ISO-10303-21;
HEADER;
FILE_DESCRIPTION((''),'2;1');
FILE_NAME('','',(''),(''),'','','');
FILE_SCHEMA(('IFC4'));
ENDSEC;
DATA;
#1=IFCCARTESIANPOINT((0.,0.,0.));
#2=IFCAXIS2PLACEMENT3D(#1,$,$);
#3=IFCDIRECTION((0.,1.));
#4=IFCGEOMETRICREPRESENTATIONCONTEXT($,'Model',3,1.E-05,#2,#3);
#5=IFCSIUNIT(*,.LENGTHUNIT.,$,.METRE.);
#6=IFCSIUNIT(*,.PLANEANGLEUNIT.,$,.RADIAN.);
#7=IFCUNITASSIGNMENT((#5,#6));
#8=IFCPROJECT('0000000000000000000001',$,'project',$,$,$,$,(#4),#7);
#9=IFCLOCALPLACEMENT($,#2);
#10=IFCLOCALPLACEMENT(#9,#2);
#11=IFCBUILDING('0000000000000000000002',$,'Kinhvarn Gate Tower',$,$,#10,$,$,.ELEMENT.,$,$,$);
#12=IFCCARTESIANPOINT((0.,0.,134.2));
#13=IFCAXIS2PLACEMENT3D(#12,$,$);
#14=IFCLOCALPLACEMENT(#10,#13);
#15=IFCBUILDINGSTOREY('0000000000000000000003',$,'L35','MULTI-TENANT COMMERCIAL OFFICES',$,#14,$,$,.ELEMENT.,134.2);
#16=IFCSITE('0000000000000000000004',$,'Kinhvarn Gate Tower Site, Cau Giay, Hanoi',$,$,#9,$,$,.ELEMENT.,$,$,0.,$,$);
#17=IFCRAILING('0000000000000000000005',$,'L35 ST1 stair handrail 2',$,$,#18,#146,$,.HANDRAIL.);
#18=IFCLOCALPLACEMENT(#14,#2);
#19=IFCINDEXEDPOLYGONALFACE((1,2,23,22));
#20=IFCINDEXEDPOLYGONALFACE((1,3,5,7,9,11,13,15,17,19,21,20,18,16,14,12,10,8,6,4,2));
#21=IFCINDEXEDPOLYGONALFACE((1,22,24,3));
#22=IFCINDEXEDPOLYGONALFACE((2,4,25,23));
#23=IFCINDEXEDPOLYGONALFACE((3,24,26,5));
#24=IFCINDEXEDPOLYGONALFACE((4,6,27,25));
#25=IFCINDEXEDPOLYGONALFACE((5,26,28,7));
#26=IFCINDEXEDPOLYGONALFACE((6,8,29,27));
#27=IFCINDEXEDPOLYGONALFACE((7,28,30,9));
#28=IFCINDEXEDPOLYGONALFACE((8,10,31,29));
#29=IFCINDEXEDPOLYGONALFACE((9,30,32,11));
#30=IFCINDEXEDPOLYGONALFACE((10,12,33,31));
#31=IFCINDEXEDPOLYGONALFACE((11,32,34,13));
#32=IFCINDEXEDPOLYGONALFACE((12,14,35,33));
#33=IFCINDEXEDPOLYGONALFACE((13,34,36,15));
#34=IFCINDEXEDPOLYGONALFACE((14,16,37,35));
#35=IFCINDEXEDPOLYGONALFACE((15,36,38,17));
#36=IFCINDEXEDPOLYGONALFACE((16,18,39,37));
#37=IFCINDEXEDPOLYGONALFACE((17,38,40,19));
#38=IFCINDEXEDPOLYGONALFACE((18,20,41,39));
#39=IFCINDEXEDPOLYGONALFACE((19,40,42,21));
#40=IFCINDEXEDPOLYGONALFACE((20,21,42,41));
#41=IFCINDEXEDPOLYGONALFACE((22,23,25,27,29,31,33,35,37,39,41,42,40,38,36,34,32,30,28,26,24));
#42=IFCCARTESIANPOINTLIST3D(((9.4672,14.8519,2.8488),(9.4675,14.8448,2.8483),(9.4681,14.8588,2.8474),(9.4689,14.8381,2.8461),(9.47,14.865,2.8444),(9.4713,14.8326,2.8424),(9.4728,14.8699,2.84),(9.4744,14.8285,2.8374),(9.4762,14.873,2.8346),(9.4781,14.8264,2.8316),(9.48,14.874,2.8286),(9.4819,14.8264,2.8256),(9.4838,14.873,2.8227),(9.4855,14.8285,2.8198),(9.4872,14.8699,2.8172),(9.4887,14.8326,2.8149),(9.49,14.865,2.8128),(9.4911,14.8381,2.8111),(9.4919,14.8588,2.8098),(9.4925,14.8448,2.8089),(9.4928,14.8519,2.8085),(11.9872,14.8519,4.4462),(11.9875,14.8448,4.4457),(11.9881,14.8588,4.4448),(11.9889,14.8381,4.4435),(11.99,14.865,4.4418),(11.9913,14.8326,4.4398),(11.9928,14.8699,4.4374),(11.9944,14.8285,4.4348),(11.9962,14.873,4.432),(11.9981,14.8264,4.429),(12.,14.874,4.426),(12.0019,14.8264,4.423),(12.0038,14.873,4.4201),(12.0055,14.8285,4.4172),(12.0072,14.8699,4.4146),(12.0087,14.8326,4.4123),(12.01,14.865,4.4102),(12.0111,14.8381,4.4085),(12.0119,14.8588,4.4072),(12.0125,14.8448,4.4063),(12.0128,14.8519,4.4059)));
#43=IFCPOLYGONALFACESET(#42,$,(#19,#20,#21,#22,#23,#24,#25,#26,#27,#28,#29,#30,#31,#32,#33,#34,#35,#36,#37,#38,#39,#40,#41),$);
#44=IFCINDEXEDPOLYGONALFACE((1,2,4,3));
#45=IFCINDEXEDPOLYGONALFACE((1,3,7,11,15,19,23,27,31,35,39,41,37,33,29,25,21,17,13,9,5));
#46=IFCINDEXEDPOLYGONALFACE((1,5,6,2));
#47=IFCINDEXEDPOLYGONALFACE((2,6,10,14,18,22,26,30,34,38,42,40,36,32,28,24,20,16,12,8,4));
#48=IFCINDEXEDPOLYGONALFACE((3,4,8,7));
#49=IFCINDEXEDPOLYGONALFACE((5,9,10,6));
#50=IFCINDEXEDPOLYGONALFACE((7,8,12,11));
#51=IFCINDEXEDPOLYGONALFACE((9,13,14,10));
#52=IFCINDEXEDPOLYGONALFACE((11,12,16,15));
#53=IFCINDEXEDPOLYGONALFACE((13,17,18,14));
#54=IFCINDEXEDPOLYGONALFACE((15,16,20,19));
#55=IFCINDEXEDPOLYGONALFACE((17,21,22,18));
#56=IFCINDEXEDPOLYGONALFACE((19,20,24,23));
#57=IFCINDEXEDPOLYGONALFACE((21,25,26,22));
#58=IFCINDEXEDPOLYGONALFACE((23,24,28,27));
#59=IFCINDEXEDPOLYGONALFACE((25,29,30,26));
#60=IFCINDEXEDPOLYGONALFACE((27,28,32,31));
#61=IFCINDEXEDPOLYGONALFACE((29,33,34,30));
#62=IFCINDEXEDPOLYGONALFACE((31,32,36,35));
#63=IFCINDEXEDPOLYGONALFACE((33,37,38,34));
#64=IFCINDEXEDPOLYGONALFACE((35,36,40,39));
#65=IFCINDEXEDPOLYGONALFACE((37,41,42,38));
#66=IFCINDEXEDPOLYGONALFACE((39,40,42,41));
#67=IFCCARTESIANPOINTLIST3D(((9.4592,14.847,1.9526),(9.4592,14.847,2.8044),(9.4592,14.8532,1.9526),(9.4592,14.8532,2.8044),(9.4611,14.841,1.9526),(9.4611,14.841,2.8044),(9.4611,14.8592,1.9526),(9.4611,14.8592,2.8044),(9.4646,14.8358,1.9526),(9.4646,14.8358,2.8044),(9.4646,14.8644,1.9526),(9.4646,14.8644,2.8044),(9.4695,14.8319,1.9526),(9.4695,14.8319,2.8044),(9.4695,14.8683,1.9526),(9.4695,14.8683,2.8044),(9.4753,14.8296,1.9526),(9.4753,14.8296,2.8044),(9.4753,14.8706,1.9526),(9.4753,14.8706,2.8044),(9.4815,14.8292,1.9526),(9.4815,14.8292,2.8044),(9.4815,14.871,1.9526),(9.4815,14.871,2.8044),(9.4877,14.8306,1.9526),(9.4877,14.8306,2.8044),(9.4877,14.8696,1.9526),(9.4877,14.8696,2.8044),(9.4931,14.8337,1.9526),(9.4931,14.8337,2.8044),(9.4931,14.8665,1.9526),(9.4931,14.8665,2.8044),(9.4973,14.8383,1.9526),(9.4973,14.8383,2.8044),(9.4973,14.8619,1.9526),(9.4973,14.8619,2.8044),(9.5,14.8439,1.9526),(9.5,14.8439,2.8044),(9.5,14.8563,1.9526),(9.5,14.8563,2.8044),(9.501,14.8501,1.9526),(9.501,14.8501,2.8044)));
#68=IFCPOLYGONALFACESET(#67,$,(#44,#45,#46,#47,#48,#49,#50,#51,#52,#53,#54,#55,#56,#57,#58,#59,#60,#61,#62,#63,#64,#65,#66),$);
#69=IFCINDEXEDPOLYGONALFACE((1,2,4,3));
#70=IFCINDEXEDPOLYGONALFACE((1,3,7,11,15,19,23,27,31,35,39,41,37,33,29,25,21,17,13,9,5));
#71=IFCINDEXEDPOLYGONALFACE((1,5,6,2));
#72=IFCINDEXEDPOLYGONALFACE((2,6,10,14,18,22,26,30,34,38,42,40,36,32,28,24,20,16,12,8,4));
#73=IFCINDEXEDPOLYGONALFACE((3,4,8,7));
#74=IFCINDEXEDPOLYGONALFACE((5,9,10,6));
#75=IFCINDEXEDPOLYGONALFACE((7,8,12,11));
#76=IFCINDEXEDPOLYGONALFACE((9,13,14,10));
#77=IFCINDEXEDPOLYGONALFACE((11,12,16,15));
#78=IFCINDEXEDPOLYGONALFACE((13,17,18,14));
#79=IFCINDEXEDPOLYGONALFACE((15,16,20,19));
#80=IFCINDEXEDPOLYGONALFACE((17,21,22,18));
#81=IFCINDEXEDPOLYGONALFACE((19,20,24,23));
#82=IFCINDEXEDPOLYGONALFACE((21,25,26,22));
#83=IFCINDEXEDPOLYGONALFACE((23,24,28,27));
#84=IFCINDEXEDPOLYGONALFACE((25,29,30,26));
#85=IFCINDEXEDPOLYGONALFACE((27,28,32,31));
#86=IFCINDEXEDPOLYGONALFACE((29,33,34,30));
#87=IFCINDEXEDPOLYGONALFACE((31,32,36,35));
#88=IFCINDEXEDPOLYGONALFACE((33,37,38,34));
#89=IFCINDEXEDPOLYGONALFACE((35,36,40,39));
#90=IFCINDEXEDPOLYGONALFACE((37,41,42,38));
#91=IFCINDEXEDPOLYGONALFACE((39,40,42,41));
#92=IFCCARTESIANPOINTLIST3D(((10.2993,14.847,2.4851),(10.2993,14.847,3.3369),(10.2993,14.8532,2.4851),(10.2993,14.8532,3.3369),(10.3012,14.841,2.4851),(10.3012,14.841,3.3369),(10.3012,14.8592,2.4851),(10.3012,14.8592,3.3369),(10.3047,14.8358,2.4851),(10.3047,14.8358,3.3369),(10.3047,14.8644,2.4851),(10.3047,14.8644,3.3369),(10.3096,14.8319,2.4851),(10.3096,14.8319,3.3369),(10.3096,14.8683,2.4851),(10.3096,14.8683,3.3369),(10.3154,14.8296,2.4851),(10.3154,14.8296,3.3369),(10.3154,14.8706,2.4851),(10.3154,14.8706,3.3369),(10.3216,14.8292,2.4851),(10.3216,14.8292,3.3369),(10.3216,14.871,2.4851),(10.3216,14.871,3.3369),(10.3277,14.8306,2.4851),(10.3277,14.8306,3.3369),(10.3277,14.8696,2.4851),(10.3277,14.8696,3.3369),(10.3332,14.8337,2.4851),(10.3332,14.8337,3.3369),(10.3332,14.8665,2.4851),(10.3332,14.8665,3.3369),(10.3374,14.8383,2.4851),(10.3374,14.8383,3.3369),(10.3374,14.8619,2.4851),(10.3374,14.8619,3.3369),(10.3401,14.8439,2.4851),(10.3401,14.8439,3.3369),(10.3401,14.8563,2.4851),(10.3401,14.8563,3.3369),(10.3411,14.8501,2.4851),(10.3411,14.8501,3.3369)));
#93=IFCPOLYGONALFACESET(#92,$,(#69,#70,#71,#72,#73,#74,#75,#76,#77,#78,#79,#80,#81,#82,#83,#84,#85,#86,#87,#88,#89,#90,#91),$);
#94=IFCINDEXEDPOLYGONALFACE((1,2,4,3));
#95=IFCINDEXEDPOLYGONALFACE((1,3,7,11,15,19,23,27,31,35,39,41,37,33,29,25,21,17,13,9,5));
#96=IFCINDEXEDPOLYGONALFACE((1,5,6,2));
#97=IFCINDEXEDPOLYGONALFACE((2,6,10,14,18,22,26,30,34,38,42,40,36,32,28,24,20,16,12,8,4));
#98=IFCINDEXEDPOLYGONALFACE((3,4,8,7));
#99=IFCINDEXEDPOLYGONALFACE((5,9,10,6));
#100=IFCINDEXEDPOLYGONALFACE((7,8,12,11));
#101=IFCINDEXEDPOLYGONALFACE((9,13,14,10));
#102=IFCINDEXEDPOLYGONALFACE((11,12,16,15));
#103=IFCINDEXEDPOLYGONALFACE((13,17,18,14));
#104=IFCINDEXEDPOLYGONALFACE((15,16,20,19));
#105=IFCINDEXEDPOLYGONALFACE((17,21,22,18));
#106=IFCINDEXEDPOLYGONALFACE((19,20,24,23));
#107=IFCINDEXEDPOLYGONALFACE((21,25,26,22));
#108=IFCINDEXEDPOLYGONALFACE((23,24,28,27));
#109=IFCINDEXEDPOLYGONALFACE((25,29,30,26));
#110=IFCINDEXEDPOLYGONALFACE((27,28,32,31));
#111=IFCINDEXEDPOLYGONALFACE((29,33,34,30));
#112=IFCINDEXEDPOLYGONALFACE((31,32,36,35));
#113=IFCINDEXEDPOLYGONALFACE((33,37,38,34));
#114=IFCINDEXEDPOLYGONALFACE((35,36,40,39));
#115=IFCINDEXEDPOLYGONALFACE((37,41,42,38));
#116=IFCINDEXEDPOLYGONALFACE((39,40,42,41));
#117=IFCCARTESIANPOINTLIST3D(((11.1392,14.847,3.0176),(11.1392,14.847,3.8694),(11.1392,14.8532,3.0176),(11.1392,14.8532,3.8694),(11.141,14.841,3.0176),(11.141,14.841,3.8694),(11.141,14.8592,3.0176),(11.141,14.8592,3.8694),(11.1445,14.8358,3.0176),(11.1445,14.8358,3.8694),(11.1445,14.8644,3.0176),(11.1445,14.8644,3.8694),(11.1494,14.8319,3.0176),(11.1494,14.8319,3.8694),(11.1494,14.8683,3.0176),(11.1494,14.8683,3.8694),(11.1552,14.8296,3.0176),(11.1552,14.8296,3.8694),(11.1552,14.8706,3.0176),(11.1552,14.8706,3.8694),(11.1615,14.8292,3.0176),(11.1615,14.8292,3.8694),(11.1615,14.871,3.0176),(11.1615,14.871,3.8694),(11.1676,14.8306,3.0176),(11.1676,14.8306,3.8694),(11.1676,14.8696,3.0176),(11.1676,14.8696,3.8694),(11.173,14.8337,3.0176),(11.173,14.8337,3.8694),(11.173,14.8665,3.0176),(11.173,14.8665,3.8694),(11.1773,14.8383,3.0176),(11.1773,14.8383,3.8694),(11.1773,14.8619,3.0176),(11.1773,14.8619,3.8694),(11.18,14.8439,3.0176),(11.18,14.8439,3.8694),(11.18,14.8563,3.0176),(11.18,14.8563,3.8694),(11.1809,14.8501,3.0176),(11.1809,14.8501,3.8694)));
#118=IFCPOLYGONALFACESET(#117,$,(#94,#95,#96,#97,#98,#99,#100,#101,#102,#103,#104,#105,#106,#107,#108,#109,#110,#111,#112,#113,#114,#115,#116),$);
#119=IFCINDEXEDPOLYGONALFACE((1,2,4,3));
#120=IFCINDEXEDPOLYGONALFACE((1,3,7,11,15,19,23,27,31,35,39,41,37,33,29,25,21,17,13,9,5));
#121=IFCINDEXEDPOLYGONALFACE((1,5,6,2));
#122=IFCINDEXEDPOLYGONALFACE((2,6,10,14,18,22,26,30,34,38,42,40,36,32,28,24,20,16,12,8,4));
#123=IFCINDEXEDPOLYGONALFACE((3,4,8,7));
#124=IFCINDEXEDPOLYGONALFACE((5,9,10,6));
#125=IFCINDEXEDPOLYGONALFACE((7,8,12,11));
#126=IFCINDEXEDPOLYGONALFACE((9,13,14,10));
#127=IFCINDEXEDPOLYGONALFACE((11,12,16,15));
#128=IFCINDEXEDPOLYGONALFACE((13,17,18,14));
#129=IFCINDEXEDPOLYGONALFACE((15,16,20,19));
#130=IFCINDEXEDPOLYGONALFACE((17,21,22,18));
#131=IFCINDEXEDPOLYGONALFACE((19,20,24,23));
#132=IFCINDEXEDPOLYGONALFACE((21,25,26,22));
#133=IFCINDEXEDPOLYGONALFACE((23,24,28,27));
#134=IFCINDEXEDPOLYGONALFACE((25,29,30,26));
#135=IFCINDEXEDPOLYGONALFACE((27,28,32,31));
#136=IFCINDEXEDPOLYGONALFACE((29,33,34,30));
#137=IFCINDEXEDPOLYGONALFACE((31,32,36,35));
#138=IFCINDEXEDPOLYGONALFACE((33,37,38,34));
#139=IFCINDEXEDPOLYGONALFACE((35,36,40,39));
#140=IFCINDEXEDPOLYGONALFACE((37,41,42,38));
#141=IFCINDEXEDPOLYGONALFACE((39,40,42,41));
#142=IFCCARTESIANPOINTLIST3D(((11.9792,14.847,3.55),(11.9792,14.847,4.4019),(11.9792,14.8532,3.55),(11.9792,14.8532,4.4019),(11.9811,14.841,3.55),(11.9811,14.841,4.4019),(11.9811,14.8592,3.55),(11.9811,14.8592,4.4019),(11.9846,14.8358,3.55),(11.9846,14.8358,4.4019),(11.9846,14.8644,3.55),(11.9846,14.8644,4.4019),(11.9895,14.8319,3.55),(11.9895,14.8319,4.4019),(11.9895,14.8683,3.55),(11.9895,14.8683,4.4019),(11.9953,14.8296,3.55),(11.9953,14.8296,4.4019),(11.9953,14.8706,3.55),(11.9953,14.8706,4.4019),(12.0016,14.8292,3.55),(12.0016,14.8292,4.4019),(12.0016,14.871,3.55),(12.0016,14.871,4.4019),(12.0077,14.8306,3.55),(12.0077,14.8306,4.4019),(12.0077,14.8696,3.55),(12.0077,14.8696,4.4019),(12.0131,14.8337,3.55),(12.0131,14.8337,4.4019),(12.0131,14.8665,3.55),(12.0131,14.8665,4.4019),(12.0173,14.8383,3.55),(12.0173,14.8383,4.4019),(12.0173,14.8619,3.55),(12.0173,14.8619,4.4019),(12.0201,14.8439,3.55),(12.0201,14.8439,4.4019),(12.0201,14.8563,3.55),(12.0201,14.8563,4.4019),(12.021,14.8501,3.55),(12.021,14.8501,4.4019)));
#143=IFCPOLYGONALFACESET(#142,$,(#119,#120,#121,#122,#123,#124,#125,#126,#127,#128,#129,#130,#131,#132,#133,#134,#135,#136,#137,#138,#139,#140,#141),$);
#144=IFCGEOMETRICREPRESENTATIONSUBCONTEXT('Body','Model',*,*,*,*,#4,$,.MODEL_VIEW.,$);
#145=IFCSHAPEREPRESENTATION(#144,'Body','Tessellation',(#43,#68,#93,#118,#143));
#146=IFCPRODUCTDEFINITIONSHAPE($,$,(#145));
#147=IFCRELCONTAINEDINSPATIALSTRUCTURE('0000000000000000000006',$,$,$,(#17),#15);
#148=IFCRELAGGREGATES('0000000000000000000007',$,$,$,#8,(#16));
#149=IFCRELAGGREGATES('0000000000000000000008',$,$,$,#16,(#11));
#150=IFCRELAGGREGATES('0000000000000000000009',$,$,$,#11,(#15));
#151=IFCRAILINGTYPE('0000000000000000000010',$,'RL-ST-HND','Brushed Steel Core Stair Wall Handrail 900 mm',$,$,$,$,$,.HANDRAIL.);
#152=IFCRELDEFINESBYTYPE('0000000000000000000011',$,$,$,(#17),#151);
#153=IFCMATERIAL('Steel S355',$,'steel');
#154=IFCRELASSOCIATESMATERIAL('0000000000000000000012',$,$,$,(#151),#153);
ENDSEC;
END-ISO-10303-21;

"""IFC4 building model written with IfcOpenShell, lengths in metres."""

from ifc_helpers import new_model, si_unit, direction, frame, origin, origin_2d, place, context, subcontext, project, spatial, circle, extrude, material, type_object, element, save


model = new_model("IFC4")

# Units and contexts
model_context = context("Model", 3, precision=1e-05, world=origin(), true_north=direction((0.0, 1.0)))
body_context = subcontext(model_context, "Body", "Model", "MODEL_VIEW")
ifc_project = project(units=[si_unit("LENGTHUNIT", "METRE"), si_unit("PLANEANGLEUNIT", "RADIAN")], contexts=[model_context])

# Site, building, storey
site_placement = place(None, origin())
site = spatial("IfcSite", under=ifc_project, at=site_placement, Name="Kinhvarn Gate Tower Site, Cau Giay, Hanoi", CompositionType="ELEMENT", RefElevation=0.0)
building_placement = place(site_placement, origin())
building = spatial("IfcBuilding", under=site, at=building_placement, Name="Kinhvarn Gate Tower", CompositionType="ELEMENT")
storey_placement = place(building_placement, frame((0.0, 0.0, 134.2)))
storey = spatial("IfcBuildingStorey", under=building, at=storey_placement, Name="L35", Description="MULTI-TENANT COMMERCIAL OFFICES", CompositionType="ELEMENT", Elevation=134.2)

# Shared definitions
ifc_material_1 = material(Name="Steel S355", Category="steel")

# Railing
railing_type_1 = type_object("IfcRailingType", Name="RL-ST-HND", Description="Brushed Steel Core Stair Wall Handrail 900 mm", PredefinedType="HANDRAIL", material=ifc_material_1)
railing_1_placement = place(storey_placement, frame((9.48, 14.8501, 1.9526)))
element("IfcRailing", 1, at=railing_1_placement, inside=storey, type_object=railing_type_1, Name="L35 ST1 stair handrail 2", PredefinedType="HANDRAIL", context=body_context, shape_type="SweptSolid", body=[
    extrude(circle(Radius=0.0239, at=origin_2d()), frame((0.0, 0.0, 0.876), z_axis=(0.844607, 0.0, 0.535387), x_axis=(0.0, 1.0, 0.0)), (0.0, 0.0, 1.0), 2.9836),
    extrude(circle(Radius=0.021, at=origin_2d()), origin(), (0.0, 0.0, 1.0), 0.8518),
    extrude(circle(Radius=0.021, at=origin_2d()), frame((0.8401, 0.0, 0.5325)), (0.0, 0.0, 1.0), 0.8518),
    extrude(circle(Radius=0.021, at=origin_2d()), frame((1.6799, 0.0, 1.0649)), (0.0, 0.0, 1.0), 0.8518),
    extrude(circle(Radius=0.021, at=origin_2d()), frame((2.52, 0.0, 1.5974)), (0.0, 0.0, 1.0), 0.8518),
])

save(model, "model.ifc")
